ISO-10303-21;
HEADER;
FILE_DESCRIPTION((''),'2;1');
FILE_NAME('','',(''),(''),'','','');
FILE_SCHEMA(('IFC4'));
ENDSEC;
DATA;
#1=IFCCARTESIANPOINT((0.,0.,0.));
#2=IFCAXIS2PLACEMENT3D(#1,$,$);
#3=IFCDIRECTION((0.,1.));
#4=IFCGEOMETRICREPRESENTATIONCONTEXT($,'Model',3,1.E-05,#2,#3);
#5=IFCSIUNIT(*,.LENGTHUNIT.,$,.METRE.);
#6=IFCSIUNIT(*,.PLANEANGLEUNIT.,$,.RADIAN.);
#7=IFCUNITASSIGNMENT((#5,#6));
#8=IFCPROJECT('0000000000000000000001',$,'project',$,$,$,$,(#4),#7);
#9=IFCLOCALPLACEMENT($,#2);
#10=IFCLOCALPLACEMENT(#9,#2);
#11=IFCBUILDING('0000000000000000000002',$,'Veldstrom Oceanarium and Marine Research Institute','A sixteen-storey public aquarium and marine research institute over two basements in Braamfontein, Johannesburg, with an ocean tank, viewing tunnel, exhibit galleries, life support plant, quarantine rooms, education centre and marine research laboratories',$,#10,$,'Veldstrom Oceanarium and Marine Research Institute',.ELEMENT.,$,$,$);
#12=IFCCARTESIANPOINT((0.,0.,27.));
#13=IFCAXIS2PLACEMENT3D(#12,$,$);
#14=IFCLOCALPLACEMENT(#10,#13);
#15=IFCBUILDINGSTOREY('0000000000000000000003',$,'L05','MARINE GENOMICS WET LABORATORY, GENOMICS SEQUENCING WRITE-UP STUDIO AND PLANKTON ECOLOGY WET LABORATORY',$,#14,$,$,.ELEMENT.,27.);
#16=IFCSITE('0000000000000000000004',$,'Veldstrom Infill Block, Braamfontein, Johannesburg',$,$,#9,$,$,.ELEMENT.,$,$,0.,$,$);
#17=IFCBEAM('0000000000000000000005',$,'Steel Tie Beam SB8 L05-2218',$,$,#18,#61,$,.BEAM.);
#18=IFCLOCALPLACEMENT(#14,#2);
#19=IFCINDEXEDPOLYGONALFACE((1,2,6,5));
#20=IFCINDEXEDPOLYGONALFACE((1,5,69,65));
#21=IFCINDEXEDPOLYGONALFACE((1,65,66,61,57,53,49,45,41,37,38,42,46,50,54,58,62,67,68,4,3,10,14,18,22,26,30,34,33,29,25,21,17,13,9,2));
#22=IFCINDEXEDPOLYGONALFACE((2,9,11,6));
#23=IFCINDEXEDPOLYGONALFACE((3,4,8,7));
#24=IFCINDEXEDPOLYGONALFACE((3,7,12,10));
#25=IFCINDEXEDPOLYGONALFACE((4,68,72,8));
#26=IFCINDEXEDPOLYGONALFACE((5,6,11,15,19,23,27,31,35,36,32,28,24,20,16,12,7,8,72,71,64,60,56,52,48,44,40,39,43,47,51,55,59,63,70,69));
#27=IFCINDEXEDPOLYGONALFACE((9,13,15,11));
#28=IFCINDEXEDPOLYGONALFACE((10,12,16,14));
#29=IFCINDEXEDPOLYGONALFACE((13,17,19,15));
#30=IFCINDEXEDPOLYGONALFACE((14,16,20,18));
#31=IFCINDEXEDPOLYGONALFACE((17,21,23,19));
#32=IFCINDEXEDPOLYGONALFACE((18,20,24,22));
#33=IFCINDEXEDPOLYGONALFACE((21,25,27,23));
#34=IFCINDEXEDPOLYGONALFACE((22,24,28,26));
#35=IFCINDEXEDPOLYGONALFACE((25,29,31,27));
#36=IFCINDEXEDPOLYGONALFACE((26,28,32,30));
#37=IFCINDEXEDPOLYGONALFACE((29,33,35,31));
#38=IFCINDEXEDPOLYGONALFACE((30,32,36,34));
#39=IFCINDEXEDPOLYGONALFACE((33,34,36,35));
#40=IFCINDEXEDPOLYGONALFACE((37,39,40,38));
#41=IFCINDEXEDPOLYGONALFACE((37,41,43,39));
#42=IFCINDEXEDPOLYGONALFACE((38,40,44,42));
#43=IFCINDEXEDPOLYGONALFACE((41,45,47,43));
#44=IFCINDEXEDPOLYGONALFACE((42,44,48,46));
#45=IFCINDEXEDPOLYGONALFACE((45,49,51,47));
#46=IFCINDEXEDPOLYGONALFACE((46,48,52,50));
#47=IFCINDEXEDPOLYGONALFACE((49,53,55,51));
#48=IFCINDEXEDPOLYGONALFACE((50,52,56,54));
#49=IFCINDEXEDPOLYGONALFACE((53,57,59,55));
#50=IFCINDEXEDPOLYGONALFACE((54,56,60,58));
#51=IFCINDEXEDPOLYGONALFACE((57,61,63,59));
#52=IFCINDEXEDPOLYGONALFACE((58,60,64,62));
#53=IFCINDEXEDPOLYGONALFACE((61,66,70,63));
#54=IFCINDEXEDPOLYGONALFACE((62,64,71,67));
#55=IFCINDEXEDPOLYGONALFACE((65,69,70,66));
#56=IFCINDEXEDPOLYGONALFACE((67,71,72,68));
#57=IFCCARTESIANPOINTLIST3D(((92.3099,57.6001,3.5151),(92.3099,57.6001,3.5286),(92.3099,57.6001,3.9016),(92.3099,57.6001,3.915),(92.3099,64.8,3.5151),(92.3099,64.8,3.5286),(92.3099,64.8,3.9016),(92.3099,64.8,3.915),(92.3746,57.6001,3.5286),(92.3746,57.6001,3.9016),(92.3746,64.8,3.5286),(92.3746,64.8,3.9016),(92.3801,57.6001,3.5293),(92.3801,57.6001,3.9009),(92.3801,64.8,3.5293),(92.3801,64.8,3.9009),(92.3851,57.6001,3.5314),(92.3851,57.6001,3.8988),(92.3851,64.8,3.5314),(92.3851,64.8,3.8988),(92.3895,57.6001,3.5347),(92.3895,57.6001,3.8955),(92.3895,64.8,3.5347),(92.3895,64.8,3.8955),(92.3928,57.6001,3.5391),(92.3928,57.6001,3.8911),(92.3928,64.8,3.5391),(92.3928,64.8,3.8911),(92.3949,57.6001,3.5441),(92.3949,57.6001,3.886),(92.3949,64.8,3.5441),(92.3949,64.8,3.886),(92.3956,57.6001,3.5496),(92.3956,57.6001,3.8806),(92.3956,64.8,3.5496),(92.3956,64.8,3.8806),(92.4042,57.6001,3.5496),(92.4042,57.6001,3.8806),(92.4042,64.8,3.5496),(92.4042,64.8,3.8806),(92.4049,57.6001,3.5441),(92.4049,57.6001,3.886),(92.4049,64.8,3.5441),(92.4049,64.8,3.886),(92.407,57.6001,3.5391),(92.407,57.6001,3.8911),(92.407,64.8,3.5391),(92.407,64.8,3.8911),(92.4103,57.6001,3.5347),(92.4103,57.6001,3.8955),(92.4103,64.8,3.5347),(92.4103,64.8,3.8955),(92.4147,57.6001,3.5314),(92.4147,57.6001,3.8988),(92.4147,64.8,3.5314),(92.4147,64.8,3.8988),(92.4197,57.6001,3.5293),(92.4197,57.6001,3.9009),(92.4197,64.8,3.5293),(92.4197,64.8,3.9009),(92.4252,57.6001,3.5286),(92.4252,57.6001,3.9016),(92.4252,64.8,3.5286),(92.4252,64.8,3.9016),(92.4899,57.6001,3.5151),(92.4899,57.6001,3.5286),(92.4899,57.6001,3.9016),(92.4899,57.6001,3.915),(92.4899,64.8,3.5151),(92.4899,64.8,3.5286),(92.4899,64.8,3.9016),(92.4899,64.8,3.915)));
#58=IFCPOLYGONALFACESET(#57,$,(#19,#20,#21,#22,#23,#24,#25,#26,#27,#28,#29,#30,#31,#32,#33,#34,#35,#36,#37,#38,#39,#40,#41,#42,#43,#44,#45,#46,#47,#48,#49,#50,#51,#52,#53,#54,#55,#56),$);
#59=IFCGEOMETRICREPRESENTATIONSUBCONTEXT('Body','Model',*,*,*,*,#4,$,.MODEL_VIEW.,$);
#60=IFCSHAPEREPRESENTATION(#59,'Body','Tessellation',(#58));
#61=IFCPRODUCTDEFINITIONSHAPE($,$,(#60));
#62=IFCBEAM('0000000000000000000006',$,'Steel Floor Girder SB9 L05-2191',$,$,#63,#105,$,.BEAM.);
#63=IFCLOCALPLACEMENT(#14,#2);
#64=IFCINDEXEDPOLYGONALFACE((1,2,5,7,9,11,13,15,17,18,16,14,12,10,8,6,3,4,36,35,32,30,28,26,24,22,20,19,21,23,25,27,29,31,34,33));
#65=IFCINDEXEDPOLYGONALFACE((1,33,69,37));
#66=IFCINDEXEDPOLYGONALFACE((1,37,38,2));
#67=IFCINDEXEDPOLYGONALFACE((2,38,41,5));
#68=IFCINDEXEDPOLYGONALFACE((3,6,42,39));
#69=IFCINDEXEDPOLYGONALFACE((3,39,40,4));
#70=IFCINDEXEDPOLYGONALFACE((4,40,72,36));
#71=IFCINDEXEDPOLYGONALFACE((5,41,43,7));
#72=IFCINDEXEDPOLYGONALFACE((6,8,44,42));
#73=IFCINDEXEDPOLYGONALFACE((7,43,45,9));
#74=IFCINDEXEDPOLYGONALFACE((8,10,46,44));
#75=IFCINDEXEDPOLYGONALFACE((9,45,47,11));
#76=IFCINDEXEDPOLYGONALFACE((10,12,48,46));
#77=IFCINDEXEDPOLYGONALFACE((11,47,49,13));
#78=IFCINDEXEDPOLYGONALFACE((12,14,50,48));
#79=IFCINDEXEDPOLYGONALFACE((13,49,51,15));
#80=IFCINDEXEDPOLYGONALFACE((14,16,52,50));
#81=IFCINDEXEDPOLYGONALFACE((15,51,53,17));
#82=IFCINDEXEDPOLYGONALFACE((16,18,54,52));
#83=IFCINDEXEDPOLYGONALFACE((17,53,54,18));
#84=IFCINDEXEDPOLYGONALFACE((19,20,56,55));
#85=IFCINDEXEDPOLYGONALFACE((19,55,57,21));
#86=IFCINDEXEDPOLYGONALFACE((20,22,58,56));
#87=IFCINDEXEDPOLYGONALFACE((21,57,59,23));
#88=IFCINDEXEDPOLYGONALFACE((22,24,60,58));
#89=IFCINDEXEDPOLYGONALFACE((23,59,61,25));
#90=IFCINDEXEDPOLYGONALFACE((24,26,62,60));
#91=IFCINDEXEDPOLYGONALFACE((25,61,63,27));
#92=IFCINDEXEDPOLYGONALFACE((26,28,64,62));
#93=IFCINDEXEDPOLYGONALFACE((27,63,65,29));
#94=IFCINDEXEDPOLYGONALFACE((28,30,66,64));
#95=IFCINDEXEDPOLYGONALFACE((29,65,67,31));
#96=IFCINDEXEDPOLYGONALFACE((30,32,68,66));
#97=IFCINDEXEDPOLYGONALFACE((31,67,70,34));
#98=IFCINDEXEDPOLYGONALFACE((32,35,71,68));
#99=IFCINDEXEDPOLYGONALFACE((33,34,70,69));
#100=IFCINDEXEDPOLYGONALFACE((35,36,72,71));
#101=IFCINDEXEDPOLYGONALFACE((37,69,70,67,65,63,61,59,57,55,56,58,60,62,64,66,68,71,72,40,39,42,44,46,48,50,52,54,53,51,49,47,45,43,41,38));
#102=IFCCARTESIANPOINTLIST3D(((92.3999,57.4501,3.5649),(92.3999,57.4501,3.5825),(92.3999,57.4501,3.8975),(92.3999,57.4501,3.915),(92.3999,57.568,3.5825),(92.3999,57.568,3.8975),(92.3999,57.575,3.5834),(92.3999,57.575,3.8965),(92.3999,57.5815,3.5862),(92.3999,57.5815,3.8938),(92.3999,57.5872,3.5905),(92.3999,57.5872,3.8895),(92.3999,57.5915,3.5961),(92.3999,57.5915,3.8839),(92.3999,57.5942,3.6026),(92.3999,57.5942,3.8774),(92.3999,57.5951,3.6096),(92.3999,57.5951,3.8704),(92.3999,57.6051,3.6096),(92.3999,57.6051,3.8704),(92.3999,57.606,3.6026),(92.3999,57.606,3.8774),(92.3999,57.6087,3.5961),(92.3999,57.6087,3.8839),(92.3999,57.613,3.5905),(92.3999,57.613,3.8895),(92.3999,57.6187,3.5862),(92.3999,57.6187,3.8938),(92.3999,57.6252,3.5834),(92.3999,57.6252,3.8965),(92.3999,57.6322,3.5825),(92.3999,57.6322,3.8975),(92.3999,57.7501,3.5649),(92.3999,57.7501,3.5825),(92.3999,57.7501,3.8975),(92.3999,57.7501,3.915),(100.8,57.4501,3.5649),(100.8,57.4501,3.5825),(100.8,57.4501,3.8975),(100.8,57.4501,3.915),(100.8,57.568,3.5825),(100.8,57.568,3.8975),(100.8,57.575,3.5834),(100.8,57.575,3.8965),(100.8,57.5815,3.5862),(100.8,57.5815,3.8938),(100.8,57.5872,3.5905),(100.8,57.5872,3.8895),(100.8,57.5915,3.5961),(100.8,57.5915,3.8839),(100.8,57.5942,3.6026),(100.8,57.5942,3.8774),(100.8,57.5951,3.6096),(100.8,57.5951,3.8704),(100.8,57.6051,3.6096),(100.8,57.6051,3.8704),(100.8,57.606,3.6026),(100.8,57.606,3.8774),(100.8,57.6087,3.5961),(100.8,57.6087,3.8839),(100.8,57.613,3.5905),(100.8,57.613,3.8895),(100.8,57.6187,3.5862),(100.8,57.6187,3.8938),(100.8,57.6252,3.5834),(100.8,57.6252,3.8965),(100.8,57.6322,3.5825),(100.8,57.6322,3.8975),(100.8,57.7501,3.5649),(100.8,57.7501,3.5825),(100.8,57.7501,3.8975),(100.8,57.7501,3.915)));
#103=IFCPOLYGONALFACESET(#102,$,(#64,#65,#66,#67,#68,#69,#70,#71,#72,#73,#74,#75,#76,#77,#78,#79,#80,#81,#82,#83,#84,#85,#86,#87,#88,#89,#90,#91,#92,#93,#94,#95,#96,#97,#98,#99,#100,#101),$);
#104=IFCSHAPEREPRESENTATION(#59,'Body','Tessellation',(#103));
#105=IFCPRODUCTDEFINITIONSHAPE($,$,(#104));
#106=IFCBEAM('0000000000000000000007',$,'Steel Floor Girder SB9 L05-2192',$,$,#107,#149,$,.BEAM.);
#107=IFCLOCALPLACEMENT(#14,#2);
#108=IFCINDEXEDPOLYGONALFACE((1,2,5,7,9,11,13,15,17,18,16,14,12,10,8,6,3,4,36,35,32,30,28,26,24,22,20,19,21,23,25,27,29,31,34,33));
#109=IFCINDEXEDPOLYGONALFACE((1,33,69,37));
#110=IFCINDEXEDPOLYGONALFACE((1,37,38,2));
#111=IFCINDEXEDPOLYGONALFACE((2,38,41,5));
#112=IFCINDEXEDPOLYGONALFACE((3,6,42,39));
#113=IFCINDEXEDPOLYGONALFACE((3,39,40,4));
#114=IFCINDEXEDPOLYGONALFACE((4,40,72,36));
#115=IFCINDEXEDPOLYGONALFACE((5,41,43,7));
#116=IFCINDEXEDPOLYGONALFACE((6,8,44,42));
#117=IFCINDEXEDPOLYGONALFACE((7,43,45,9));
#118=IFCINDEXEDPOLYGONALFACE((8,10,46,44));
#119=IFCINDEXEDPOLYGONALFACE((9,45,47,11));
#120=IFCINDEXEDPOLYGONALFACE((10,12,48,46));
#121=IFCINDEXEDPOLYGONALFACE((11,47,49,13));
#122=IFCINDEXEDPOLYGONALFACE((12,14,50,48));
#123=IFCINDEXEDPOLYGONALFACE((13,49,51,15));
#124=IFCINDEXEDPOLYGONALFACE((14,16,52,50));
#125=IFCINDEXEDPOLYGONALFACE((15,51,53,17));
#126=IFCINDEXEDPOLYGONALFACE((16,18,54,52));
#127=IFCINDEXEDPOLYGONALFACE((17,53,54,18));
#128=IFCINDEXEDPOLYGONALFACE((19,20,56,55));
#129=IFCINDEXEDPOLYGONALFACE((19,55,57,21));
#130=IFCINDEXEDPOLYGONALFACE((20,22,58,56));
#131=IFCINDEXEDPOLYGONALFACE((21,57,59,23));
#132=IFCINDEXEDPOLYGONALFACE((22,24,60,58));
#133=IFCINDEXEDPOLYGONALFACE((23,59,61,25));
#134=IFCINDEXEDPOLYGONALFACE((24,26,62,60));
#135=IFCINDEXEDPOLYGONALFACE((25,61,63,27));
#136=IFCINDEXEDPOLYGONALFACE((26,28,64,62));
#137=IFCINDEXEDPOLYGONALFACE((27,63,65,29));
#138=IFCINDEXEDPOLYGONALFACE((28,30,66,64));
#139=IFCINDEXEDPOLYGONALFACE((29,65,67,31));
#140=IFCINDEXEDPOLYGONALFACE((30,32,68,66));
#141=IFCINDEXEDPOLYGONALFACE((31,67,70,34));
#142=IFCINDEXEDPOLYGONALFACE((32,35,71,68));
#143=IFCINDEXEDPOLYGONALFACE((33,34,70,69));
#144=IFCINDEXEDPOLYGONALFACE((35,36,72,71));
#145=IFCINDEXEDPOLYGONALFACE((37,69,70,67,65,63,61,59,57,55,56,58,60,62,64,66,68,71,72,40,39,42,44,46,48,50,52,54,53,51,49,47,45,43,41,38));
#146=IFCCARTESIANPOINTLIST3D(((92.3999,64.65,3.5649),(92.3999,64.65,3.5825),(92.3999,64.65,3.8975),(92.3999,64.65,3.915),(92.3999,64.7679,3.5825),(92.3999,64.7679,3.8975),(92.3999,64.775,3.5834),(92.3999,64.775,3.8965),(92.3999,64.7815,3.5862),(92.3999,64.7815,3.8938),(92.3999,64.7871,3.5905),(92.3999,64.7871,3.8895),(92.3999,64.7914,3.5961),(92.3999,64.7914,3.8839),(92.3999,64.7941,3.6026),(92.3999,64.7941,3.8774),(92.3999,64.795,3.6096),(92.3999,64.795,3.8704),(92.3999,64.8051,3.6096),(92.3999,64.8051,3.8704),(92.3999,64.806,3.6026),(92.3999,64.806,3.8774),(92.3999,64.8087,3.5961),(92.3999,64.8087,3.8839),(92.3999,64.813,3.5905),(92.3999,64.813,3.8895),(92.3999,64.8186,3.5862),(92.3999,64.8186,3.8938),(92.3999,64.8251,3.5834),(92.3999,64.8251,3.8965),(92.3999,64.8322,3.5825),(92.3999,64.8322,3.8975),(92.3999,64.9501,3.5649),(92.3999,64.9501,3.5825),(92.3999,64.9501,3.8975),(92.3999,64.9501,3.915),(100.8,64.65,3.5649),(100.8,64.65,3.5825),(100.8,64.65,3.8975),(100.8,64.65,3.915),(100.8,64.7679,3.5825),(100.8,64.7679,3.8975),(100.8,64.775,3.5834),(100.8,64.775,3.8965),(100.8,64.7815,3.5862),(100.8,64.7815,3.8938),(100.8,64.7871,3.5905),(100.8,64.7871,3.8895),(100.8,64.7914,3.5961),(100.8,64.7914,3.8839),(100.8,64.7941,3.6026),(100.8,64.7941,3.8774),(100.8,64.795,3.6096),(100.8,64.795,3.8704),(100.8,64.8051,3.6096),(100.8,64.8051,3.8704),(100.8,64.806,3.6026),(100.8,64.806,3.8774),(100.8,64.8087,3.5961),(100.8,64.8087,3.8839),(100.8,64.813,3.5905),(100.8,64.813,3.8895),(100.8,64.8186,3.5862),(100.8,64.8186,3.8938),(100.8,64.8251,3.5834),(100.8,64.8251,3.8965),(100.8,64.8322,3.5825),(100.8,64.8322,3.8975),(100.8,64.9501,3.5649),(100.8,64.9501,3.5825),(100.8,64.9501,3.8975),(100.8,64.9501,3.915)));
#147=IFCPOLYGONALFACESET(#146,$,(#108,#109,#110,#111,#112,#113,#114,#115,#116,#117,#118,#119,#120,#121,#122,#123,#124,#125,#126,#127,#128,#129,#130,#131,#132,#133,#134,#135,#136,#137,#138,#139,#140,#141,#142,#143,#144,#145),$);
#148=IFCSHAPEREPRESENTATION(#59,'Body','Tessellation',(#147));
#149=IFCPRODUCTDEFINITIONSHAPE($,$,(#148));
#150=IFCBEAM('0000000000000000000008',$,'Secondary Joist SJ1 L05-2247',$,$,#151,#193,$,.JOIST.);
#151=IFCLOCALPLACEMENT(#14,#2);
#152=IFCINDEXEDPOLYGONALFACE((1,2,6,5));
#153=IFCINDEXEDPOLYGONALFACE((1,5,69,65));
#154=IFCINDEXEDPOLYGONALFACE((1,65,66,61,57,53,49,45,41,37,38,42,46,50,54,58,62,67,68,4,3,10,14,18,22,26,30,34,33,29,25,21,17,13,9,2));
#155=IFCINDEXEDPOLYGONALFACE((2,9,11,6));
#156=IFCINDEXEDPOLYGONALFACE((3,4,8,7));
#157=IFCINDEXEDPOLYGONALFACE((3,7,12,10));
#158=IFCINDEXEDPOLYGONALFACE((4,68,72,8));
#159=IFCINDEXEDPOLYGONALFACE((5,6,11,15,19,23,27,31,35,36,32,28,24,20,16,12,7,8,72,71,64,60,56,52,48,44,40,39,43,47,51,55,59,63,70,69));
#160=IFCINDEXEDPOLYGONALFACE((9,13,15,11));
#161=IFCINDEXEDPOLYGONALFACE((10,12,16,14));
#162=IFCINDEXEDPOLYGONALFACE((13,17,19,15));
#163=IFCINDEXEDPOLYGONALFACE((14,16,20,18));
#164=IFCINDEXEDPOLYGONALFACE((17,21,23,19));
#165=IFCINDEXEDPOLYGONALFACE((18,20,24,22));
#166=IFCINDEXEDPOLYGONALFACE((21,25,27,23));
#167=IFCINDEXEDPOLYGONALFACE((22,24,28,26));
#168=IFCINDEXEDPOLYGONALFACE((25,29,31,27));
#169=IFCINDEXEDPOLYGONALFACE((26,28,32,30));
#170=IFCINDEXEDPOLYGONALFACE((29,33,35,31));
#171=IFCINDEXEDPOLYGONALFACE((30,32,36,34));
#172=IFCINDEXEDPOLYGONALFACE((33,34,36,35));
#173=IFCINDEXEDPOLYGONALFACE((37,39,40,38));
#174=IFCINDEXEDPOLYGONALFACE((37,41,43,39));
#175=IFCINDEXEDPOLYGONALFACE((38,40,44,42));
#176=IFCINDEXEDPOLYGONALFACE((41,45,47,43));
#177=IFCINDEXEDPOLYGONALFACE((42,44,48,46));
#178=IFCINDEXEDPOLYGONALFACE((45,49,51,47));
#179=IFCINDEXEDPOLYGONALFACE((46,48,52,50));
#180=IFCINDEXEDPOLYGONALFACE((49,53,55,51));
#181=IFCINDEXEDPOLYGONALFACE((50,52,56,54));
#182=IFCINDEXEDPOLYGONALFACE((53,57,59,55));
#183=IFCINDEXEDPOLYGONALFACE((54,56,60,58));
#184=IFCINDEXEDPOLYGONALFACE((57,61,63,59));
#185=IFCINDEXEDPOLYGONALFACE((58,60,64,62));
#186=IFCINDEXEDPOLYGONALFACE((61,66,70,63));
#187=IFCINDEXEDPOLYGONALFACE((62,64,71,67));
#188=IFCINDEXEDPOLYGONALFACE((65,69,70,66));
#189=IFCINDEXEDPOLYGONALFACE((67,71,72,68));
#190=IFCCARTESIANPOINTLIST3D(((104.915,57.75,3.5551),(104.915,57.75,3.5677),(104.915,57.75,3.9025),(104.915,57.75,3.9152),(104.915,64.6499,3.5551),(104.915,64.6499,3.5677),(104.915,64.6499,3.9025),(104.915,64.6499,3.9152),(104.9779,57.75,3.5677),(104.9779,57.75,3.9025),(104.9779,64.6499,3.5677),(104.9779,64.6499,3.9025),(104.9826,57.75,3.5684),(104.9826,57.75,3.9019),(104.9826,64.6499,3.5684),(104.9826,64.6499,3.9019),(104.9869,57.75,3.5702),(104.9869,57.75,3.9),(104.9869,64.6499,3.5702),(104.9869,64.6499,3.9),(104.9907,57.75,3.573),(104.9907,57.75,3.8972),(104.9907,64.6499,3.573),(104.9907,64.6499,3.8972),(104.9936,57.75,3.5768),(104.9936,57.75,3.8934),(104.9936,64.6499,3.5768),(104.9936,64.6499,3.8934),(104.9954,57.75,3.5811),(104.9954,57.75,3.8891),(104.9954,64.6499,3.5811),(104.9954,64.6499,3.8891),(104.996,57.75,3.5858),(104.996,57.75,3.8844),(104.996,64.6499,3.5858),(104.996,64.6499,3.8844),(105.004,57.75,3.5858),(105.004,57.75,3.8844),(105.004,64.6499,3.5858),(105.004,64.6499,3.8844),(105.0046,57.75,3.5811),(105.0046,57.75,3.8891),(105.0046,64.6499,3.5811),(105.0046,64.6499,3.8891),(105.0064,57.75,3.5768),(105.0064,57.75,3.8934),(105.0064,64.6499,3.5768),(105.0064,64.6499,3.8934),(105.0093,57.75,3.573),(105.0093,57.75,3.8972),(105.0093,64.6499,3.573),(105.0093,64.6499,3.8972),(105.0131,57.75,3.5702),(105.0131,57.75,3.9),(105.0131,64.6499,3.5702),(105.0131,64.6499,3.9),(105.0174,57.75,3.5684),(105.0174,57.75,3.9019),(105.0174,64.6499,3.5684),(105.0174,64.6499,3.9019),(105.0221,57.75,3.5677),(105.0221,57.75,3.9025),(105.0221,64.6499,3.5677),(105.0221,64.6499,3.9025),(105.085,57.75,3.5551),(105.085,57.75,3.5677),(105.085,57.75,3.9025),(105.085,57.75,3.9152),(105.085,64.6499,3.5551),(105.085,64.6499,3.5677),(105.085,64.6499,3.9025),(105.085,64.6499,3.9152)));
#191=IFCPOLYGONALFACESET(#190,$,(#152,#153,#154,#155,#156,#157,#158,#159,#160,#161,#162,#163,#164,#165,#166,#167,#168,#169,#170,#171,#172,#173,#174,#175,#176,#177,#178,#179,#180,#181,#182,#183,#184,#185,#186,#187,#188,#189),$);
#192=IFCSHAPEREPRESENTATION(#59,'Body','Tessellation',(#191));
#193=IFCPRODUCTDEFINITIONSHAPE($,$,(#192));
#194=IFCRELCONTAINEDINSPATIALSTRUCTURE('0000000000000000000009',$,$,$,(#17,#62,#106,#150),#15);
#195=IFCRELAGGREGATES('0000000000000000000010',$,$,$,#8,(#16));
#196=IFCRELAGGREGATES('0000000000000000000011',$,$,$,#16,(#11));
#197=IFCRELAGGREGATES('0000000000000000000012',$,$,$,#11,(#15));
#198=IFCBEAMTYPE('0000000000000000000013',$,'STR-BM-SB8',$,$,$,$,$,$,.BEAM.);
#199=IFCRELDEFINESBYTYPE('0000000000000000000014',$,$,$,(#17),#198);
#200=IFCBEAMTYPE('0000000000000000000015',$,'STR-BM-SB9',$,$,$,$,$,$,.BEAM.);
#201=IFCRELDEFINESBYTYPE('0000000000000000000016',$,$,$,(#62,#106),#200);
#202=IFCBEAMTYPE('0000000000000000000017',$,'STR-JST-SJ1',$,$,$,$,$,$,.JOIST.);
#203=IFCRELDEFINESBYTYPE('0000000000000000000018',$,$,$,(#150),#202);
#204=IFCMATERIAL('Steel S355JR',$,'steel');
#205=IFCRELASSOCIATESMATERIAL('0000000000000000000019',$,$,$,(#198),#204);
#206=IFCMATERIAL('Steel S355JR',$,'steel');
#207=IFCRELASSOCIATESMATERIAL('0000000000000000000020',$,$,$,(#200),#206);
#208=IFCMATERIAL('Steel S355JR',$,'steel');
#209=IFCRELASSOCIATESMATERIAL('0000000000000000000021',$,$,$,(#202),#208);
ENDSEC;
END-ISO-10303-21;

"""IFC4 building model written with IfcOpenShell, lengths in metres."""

from ifc_helpers import new_model, si_unit, direction, frame, origin, origin_2d, place, context, subcontext, project, spatial, i_section, extrude, material, material_profile, profile_set, type_object, element, save


model = new_model("IFC4")

# Units and contexts
model_context = context("Model", 3, precision=1e-05, world=origin(), true_north=direction((0.0, 1.0)))
body_context = subcontext(model_context, "Body", "Model", "MODEL_VIEW")
ifc_project = project(units=[si_unit("LENGTHUNIT", "METRE"), si_unit("PLANEANGLEUNIT", "RADIAN")], contexts=[model_context])

# Site, building, storey
site_placement = place(None, origin())
site = spatial("IfcSite", under=ifc_project, at=site_placement, Name="Veldstrom Infill Block, Braamfontein, Johannesburg", CompositionType="ELEMENT", RefElevation=0.0)
building_placement = place(site_placement, origin())
building = spatial("IfcBuilding", under=site, at=building_placement, Name="Veldstrom Oceanarium and Marine Research Institute", Description="A sixteen-storey public aquarium and marine research institute over two basements in Braamfontein, Johannesburg, with an ocean tank, viewing tunnel, exhibit galleries, life support plant, quarantine rooms, education centre and marine research laboratories", LongName="Veldstrom Oceanarium and Marine Research Institute", CompositionType="ELEMENT")
storey_placement = place(building_placement, frame((0.0, 0.0, 27.0)))
storey = spatial("IfcBuildingStorey", under=building, at=storey_placement, Name="L05", Description="MARINE GENOMICS WET LABORATORY, GENOMICS SEQUENCING WRITE-UP STUDIO AND PLANKTON ECOLOGY WET LABORATORY", CompositionType="ELEMENT", Elevation=27.0)

# Beams
ifc_material_1 = material(Name="Steel S355JR", Category="steel")
ifc_material_profile_1 = material_profile(ifc_material_1, i_section(OverallWidth=0.1799, OverallDepth=0.3999, WebThickness=0.0085, FlangeThickness=0.0134, FilletRadius=0.021, at=origin_2d()), Name="IPE 400")
ifc_profile_set_1 = profile_set([ifc_material_profile_1], Name="Steel S355JR")
beam_type_1 = type_object("IfcBeamType", Name="STR-BM-SB8", PredefinedType="BEAM", material=ifc_profile_set_1)
beam_1_placement = place(storey_placement, frame((92.3999, 57.6001, 3.7151), z_axis=(0.0, 1.0, 0.0), x_axis=(-1.0, 0.0, 0.0)))
element("IfcBeam", 1, at=beam_1_placement, inside=storey, type_object=beam_type_1, Name="Steel Tie Beam SB8 L05-2218", PredefinedType="BEAM", context=body_context, shape_type="SweptSolid", body=[
    extrude(i_section(OverallWidth=0.1799, OverallDepth=0.3999, WebThickness=0.0085, FlangeThickness=0.0134, FilletRadius=0.021, at=origin_2d()), origin(), (0.0, 0.0, 1.0), 7.2),
])
ifc_material_2 = material(Name="Steel S355JR", Category="steel")
ifc_material_profile_2 = material_profile(ifc_material_2, i_section(OverallWidth=0.3, OverallDepth=0.3501, WebThickness=0.01, FlangeThickness=0.0176, FilletRadius=0.0271, at=origin_2d()), Name="HEA 360")
ifc_profile_set_2 = profile_set([ifc_material_profile_2], Name="Steel S355JR")
beam_type_2 = type_object("IfcBeamType", Name="STR-BM-SB9", PredefinedType="BEAM", material=ifc_profile_set_2)
for number, where, z_axis, x_axis, name in (
    (2, (92.3999, 57.6001, 3.74), (1.0, 0.0, 0.0), (0.0, 1.0, 0.0), "Steel Floor Girder SB9 L05-2191"),
    (3, (92.3999, 64.8, 3.74), (1.0, 0.0, 0.0), (0.0, 1.0, 0.0), "Steel Floor Girder SB9 L05-2192"),
):
    element("IfcBeam", number, at=place(storey_placement, frame(where, z_axis=z_axis, x_axis=x_axis)), inside=storey, type_object=beam_type_2, Name=name, PredefinedType="BEAM", context=body_context, shape_type="SweptSolid", body=[
        extrude(i_section(OverallWidth=0.3, OverallDepth=0.3501, WebThickness=0.01, FlangeThickness=0.0176, FilletRadius=0.0271, at=origin_2d()), origin(), (0.0, 0.0, 1.0), 8.4001),
    ])
ifc_material_3 = material(Name="Steel S355JR", Category="steel")
ifc_material_profile_3 = material_profile(ifc_material_3, i_section(OverallWidth=0.1699, OverallDepth=0.3601, WebThickness=0.0081, FlangeThickness=0.0127, FilletRadius=0.0181, at=origin_2d()), Name="IPE 360")
ifc_profile_set_3 = profile_set([ifc_material_profile_3], Name="Steel S355JR")
beam_type_3 = type_object("IfcBeamType", Name="STR-JST-SJ1", PredefinedType="JOIST", material=ifc_profile_set_3)
beam_2_placement = place(storey_placement, frame((105.0, 57.75, 3.7351), z_axis=(0.0, 1.0, 0.0), x_axis=(-1.0, 0.0, 0.0)))
element("IfcBeam", 4, at=beam_2_placement, inside=storey, type_object=beam_type_3, Name="Secondary Joist SJ1 L05-2247", PredefinedType="JOIST", context=body_context, shape_type="SweptSolid", body=[
    extrude(i_section(OverallWidth=0.1699, OverallDepth=0.3601, WebThickness=0.0081, FlangeThickness=0.0127, FilletRadius=0.0181, at=origin_2d()), origin(), (0.0, 0.0, 1.0), 6.8999),
])

save(model, "model.ifc")
